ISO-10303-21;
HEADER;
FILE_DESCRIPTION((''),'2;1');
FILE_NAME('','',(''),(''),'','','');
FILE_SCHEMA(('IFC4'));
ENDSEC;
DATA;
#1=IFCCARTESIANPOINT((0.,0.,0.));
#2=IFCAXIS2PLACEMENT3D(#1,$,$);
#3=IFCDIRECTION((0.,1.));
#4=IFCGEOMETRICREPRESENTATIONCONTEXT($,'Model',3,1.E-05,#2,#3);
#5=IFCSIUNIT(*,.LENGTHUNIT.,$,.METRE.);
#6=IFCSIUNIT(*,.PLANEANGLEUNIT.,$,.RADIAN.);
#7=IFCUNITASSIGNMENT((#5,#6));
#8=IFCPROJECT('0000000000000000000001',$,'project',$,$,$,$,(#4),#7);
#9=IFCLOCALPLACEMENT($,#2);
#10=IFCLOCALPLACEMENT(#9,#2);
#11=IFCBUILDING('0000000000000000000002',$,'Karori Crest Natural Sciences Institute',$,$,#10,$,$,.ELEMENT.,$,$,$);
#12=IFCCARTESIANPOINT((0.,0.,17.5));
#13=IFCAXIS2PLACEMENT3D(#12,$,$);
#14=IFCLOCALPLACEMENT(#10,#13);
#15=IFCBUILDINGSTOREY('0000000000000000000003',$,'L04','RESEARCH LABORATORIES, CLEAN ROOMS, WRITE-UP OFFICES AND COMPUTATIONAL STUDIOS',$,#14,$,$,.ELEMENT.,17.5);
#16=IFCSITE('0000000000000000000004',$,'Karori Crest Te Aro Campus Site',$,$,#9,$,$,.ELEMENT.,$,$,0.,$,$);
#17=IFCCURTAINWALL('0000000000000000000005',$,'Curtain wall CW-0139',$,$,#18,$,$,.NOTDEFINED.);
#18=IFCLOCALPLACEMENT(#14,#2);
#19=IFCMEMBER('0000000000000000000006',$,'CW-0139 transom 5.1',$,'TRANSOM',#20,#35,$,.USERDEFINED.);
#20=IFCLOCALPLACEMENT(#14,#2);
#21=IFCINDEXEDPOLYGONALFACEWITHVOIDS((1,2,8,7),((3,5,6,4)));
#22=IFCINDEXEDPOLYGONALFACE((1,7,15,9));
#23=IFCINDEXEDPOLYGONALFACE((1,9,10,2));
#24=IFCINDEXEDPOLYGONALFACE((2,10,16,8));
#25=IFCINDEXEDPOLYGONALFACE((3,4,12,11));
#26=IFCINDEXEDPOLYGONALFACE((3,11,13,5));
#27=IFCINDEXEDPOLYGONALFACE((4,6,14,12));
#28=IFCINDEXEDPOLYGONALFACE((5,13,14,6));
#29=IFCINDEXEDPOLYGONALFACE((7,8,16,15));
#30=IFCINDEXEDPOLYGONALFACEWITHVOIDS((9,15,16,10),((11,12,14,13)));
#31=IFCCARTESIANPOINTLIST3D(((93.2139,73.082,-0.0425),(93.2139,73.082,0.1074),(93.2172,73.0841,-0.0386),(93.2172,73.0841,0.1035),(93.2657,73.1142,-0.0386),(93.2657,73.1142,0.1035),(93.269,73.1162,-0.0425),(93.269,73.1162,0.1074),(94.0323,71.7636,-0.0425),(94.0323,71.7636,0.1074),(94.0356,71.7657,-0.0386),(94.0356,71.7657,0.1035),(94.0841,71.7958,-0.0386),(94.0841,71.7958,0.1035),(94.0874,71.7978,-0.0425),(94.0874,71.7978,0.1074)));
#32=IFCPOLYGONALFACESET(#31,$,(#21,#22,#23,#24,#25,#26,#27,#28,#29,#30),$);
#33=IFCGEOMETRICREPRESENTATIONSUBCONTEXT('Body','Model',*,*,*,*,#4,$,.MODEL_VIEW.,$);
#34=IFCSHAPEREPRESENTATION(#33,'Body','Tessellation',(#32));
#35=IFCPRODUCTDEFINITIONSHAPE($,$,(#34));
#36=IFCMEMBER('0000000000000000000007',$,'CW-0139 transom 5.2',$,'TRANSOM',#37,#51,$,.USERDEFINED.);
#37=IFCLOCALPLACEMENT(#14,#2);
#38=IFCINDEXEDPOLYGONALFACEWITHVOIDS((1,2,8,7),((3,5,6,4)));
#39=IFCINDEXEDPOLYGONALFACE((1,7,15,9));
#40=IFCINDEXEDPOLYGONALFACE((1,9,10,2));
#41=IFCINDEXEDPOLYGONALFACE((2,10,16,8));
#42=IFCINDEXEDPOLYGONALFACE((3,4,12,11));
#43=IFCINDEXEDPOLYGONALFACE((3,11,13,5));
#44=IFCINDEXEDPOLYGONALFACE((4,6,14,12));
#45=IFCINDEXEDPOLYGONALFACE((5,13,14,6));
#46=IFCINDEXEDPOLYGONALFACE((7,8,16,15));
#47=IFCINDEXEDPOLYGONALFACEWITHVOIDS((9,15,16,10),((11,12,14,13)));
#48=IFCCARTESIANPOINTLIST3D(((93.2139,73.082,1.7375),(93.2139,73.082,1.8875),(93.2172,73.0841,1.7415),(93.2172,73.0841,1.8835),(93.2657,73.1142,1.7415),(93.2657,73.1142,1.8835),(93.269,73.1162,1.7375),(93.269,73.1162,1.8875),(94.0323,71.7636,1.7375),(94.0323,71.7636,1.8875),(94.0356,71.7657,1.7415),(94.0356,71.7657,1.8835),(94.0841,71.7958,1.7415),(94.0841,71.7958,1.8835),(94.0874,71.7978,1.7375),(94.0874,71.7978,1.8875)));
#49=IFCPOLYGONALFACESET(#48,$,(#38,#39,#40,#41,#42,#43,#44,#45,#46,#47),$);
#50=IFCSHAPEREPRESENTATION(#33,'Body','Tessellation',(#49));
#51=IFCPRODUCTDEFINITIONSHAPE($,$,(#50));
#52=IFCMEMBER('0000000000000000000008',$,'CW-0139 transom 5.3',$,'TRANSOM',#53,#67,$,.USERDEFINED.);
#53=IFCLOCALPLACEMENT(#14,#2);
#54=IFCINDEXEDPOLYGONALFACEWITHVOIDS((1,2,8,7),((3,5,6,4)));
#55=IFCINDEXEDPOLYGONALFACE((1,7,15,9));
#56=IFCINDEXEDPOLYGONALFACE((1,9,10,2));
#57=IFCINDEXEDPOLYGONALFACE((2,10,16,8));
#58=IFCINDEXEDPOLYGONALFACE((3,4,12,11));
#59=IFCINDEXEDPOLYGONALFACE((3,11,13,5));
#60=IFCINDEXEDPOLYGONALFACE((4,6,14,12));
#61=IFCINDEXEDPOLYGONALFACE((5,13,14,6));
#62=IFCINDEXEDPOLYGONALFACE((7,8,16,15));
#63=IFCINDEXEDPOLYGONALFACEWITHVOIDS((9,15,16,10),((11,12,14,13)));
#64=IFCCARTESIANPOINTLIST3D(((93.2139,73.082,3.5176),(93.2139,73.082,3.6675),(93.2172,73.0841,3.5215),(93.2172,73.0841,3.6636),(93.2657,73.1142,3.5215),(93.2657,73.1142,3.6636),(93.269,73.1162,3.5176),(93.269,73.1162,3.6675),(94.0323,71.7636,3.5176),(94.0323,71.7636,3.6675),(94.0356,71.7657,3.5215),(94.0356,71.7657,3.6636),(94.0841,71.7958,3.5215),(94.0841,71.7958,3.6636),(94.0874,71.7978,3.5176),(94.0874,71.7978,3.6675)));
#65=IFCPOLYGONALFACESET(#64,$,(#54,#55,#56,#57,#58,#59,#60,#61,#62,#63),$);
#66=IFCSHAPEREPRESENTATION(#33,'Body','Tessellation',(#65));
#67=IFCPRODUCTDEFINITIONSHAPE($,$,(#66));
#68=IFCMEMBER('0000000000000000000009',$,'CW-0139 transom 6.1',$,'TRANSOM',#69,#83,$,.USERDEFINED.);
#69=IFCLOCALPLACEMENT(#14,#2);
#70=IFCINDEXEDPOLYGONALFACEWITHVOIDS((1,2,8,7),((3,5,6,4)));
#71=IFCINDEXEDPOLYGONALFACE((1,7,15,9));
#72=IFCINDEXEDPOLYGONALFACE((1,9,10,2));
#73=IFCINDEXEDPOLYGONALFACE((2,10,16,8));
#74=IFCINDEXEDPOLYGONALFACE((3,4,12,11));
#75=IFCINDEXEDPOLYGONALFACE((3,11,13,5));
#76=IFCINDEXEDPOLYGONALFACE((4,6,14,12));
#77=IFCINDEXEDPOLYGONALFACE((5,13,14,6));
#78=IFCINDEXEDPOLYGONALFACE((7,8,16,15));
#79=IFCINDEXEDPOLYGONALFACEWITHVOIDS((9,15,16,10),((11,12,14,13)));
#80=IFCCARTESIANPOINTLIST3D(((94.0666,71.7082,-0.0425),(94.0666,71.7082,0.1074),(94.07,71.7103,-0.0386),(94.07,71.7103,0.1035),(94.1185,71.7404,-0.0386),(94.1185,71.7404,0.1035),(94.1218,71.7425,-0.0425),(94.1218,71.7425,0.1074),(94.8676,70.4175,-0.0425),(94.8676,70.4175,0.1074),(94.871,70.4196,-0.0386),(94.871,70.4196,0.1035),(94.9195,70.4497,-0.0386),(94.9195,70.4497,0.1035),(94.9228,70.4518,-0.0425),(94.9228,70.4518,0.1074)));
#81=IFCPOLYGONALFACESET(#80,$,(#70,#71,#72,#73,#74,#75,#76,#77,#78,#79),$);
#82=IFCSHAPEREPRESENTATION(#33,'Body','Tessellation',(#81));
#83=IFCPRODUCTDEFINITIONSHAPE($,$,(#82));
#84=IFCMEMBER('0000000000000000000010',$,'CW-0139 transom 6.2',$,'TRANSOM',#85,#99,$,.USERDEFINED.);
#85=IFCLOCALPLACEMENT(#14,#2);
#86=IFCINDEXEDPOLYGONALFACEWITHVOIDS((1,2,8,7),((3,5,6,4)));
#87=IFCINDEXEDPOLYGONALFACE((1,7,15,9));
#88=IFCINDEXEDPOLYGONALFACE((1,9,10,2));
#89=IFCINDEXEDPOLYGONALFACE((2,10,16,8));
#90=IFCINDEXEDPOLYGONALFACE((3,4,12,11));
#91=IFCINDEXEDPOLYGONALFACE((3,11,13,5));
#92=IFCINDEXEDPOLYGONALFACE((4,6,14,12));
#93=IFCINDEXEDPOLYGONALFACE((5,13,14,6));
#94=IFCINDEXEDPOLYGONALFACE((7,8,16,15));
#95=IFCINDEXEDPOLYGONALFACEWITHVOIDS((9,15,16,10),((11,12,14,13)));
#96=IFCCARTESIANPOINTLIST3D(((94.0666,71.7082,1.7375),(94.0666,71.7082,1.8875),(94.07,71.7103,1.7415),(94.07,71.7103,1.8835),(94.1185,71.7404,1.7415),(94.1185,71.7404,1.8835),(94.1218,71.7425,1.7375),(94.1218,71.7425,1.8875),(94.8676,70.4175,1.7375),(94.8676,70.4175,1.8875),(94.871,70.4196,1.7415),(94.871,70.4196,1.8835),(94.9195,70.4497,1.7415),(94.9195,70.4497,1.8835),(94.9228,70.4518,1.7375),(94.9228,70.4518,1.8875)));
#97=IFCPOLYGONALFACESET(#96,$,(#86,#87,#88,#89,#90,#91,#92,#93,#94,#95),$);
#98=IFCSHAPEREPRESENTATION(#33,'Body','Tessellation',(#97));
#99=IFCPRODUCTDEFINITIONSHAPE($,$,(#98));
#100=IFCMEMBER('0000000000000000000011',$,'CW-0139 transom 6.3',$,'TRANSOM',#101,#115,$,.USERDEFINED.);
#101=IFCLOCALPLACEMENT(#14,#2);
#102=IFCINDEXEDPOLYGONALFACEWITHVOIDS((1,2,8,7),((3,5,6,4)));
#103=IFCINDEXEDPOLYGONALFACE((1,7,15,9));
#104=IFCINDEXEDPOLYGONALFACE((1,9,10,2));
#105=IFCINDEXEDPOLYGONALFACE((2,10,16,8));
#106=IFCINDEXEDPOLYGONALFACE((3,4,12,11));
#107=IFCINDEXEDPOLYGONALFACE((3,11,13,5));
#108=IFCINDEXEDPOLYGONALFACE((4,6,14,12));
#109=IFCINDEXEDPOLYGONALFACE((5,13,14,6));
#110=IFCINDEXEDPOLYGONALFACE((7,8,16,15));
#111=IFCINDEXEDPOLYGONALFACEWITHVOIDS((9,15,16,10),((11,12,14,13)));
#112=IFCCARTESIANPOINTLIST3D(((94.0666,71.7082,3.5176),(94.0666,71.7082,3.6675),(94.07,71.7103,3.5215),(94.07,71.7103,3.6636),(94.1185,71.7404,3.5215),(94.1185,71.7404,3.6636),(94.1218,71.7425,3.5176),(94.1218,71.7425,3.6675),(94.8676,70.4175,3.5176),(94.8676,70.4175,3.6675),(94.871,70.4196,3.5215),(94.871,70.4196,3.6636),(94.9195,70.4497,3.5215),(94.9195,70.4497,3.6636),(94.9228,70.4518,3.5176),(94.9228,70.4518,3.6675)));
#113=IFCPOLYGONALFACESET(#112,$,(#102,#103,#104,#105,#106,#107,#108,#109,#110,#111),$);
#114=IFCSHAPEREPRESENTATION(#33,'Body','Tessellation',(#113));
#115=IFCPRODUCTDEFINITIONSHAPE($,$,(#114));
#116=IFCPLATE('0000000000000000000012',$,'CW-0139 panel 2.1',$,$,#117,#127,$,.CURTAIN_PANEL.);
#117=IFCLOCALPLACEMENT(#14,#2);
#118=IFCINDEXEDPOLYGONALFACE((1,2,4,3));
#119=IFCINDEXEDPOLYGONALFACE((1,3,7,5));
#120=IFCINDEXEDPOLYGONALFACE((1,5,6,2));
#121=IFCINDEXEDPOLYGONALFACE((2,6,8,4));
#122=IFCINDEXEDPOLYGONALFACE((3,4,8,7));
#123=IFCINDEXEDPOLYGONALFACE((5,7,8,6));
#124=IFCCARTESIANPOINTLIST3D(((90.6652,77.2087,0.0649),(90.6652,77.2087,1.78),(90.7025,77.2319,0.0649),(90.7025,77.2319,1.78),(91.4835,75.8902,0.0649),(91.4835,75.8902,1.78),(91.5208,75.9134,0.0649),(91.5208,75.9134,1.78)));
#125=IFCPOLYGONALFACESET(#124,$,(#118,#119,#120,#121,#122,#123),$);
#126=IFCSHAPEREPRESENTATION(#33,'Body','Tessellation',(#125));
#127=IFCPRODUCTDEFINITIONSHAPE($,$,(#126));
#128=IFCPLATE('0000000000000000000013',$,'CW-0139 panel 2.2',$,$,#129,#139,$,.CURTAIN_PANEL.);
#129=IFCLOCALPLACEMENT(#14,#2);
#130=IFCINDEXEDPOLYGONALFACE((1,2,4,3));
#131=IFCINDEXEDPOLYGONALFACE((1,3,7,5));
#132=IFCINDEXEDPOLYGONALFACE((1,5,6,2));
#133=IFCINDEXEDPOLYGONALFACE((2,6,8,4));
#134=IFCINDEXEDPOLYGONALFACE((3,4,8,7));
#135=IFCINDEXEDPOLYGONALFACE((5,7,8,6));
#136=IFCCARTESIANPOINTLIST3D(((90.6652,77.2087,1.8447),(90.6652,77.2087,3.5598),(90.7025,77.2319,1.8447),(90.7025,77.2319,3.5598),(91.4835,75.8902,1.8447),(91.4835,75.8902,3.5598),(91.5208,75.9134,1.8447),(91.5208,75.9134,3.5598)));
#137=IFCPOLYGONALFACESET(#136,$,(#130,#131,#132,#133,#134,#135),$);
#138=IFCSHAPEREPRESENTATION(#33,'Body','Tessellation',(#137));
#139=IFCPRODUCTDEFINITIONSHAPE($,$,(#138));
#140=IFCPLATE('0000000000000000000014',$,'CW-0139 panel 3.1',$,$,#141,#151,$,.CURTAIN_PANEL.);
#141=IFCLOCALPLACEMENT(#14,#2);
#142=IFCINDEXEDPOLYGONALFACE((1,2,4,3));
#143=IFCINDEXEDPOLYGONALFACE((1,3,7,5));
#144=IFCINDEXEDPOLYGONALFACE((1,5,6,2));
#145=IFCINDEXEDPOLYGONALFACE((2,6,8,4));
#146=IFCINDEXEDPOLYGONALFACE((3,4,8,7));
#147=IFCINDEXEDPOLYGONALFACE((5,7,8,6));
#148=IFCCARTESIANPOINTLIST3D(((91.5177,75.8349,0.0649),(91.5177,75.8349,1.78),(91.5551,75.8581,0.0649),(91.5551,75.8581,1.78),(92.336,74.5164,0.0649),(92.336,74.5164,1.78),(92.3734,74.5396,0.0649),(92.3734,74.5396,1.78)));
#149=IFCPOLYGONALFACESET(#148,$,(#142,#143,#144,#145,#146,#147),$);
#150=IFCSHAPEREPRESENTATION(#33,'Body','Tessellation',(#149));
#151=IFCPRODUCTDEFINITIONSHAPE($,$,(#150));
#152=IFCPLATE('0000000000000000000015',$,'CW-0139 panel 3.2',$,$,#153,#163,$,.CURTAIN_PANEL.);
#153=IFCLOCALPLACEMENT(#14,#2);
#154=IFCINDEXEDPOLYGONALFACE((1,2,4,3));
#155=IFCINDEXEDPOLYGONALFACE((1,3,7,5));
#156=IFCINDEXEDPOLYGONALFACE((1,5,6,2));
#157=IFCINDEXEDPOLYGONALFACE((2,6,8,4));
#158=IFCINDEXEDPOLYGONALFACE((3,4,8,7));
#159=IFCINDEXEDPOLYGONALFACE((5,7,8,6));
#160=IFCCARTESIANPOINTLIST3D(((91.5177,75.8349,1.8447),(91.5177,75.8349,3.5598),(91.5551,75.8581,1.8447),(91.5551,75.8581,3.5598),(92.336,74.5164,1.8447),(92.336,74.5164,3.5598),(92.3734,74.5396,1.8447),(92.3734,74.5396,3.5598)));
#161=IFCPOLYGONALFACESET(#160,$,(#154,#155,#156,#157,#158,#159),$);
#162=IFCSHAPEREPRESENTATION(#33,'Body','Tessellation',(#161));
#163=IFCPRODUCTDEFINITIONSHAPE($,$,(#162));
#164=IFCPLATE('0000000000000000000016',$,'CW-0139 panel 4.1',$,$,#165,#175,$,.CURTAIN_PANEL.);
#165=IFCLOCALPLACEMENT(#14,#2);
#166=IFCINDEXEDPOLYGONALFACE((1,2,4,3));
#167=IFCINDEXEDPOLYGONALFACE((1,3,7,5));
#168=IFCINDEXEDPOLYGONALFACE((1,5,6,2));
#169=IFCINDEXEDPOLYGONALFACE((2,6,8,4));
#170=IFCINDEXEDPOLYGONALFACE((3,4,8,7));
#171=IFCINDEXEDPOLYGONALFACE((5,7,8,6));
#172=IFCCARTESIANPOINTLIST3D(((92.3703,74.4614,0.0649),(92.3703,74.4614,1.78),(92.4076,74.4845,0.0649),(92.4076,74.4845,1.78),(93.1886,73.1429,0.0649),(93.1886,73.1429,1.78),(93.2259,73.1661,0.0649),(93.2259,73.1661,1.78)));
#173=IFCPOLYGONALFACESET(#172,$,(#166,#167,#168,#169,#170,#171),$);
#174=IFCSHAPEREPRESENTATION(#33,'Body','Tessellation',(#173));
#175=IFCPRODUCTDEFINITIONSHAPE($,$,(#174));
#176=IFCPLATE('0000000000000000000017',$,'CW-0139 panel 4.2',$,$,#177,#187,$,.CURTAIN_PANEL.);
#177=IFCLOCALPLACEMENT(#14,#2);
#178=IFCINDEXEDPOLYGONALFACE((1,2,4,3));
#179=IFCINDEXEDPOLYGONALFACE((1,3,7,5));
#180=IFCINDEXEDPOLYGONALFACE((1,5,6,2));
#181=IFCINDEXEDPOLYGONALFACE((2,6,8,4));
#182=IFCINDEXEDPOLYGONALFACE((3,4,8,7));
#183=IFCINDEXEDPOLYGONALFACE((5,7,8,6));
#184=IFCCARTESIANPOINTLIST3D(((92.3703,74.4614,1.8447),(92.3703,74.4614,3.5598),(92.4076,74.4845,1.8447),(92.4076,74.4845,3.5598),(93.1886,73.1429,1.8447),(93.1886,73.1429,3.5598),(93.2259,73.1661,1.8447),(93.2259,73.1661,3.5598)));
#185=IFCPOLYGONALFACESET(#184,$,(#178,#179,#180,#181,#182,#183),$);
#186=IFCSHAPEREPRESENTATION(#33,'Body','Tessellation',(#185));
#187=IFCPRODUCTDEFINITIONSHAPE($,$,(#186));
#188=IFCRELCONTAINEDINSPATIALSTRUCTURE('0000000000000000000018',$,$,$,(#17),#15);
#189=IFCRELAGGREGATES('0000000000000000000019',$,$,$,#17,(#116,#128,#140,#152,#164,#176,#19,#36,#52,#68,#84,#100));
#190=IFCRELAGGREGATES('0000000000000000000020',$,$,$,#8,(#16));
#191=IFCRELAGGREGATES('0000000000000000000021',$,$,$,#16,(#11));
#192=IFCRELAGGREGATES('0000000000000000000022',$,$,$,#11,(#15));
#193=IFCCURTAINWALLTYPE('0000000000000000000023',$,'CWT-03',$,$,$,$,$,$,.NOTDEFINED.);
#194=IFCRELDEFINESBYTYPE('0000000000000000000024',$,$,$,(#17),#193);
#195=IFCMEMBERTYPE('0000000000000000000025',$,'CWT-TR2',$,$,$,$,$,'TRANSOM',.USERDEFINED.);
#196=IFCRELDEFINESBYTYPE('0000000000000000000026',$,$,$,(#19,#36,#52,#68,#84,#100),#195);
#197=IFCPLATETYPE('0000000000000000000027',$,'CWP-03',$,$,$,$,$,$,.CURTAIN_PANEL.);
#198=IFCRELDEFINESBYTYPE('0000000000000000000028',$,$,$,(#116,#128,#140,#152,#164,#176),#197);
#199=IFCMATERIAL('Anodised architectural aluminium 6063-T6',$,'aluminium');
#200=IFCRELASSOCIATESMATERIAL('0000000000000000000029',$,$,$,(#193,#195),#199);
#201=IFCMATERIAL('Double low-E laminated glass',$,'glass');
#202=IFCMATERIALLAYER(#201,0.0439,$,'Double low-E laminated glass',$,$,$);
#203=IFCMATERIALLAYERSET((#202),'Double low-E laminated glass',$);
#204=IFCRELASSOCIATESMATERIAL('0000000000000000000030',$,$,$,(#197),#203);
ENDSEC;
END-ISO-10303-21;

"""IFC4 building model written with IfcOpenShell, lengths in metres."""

from ifc_helpers import new_model, si_unit, direction, frame, origin, origin_2d, place, context, subcontext, project, spatial, rectangle, hollow_rectangle, extrude, material, layer, layer_set, material_profile, profile_set, type_object, element, aggregate, save


model = new_model("IFC4")

# Units and contexts
model_context = context("Model", 3, precision=1e-05, world=origin(), true_north=direction((0.0, 1.0)))
body_context = subcontext(model_context, "Body", "Model", "MODEL_VIEW")
ifc_project = project(units=[si_unit("LENGTHUNIT", "METRE"), si_unit("PLANEANGLEUNIT", "RADIAN")], contexts=[model_context])

# Site, building, storey
site_placement = place(None, origin())
site = spatial("IfcSite", under=ifc_project, at=site_placement, Name="Karori Crest Te Aro Campus Site", CompositionType="ELEMENT", RefElevation=0.0)
building_placement = place(site_placement, origin())
building = spatial("IfcBuilding", under=site, at=building_placement, Name="Karori Crest Natural Sciences Institute", CompositionType="ELEMENT")
storey_placement = place(building_placement, frame((0.0, 0.0, 17.5)))
storey = spatial("IfcBuildingStorey", under=building, at=storey_placement, Name="L04", Description="RESEARCH LABORATORIES, CLEAN ROOMS, WRITE-UP OFFICES AND COMPUTATIONAL STUDIOS", CompositionType="ELEMENT", Elevation=17.5)

# Curtain wall, members, plates
ifc_material_1 = material(Name="Anodised architectural aluminium 6063-T6", Category="aluminium")
curtain_wall_type = type_object("IfcCurtainWallType", Name="CWT-03", PredefinedType="NOTDEFINED", material=ifc_material_1)
curtain_wall_placement = place(storey_placement, origin())
curtain_wall = element("IfcCurtainWall", 1, at=curtain_wall_placement, inside=storey, type_object=curtain_wall_type, Name="Curtain wall CW-0139", PredefinedType="NOTDEFINED")
ifc_material_profile_1 = material_profile(ifc_material_1, hollow_rectangle(XDim=0.0649, YDim=0.1499, WallThickness=0.0039, at=origin_2d()), Name="CWT150x65x4")
ifc_profile_set_1 = profile_set([ifc_material_profile_1], Name="Anodised architectural aluminium 6063-T6")
member_type_1 = type_object("IfcMemberType", Name="CWT-TR2", ElementType="TRANSOM", PredefinedType="USERDEFINED", material=ifc_profile_set_1)
member_1_placement = place(storey_placement, frame((93.2415, 73.0991, 0.0325), z_axis=(0.527394, -0.849621, 0.0), x_axis=(0.849621, 0.527394, 0.0)))
member_1 = element("IfcMember", 2, at=member_1_placement, type_object=member_type_1, Name="CW-0139 transom 5.1", ObjectType="TRANSOM", PredefinedType="USERDEFINED", context=body_context, shape_type="SweptSolid", body=[
    extrude(hollow_rectangle(XDim=0.0649, YDim=0.1499, WallThickness=0.0039, at=origin_2d()), origin(), (0.0, 0.0, 1.0), 1.5518),
])
member_2_placement = place(storey_placement, frame((93.2415, 73.0991, 1.8125), z_axis=(0.527394, -0.849621, 0.0), x_axis=(0.849621, 0.527394, 0.0)))
member_2 = element("IfcMember", 3, at=member_2_placement, type_object=member_type_1, Name="CW-0139 transom 5.2", ObjectType="TRANSOM", PredefinedType="USERDEFINED", context=body_context, shape_type="SweptSolid", body=[
    extrude(hollow_rectangle(XDim=0.0649, YDim=0.1499, WallThickness=0.0039, at=origin_2d()), origin(), (0.0, 0.0, 1.0), 1.5518),
])
member_3_placement = place(storey_placement, frame((93.2415, 73.0991, 3.5925), z_axis=(0.527394, -0.849621, 0.0), x_axis=(0.849621, 0.527394, 0.0)))
member_3 = element("IfcMember", 4, at=member_3_placement, type_object=member_type_1, Name="CW-0139 transom 5.3", ObjectType="TRANSOM", PredefinedType="USERDEFINED", context=body_context, shape_type="SweptSolid", body=[
    extrude(hollow_rectangle(XDim=0.0649, YDim=0.1499, WallThickness=0.0039, at=origin_2d()), origin(), (0.0, 0.0, 1.0), 1.5518),
])
member_4_placement = place(storey_placement, frame((94.0942, 71.7253, 0.0325), z_axis=(0.527295, -0.849682, 0.0), x_axis=(0.849682, 0.527295, 0.0)))
member_4 = element("IfcMember", 5, at=member_4_placement, type_object=member_type_1, Name="CW-0139 transom 6.1", ObjectType="TRANSOM", PredefinedType="USERDEFINED", context=body_context, shape_type="SweptSolid", body=[
    extrude(hollow_rectangle(XDim=0.0649, YDim=0.1499, WallThickness=0.0039, at=origin_2d()), origin(), (0.0, 0.0, 1.0), 1.519),
])
member_5_placement = place(storey_placement, frame((94.0942, 71.7253, 1.8125), z_axis=(0.527295, -0.849682, 0.0), x_axis=(0.849682, 0.527295, 0.0)))
member_5 = element("IfcMember", 6, at=member_5_placement, type_object=member_type_1, Name="CW-0139 transom 6.2", ObjectType="TRANSOM", PredefinedType="USERDEFINED", context=body_context, shape_type="SweptSolid", body=[
    extrude(hollow_rectangle(XDim=0.0649, YDim=0.1499, WallThickness=0.0039, at=origin_2d()), origin(), (0.0, 0.0, 1.0), 1.519),
])
member_6_placement = place(storey_placement, frame((94.0942, 71.7253, 3.5925), z_axis=(0.527295, -0.849682, 0.0), x_axis=(0.849682, 0.527295, 0.0)))
member_6 = element("IfcMember", 7, at=member_6_placement, type_object=member_type_1, Name="CW-0139 transom 6.3", ObjectType="TRANSOM", PredefinedType="USERDEFINED", context=body_context, shape_type="SweptSolid", body=[
    extrude(hollow_rectangle(XDim=0.0649, YDim=0.1499, WallThickness=0.0039, at=origin_2d()), origin(), (0.0, 0.0, 1.0), 1.519),
])
ifc_material_2 = material(Name="Double low-E laminated glass", Category="glass")
ifc_layer_1 = layer(ifc_material_2, 0.0439, Name="Double low-E laminated glass")
ifc_layer_set_1 = layer_set([ifc_layer_1], Name="Double low-E laminated glass")
plate_type = type_object("IfcPlateType", Name="CWP-03", PredefinedType="CURTAIN_PANEL", material=ifc_layer_set_1)
plate_1_placement = place(storey_placement, frame((91.093, 76.561, 0.0649), z_axis=(0.0, 0.0, 1.0), x_axis=(0.527328, -0.849662, 0.0)))
plate_1 = element("IfcPlate", 8, at=plate_1_placement, type_object=plate_type, Name="CW-0139 panel 2.1", PredefinedType="CURTAIN_PANEL", context=body_context, shape_type="SweptSolid", body=[
    extrude(rectangle(XDim=1.5518, YDim=0.0439, at=origin_2d()), origin(), (0.0, 0.0, 1.0), 1.7151),
])
plate_2_placement = place(storey_placement, frame((91.093, 76.561, 1.8447), z_axis=(0.0, 0.0, 1.0), x_axis=(0.527328, -0.849662, 0.0)))
plate_2 = element("IfcPlate", 9, at=plate_2_placement, type_object=plate_type, Name="CW-0139 panel 2.2", PredefinedType="CURTAIN_PANEL", context=body_context, shape_type="SweptSolid", body=[
    extrude(rectangle(XDim=1.5518, YDim=0.0439, at=origin_2d()), origin(), (0.0, 0.0, 1.0), 1.7151),
])
plate_3_placement = place(storey_placement, frame((91.9456, 75.1873, 0.0649), z_axis=(0.0, 0.0, 1.0), x_axis=(0.527328, -0.849662, 0.0)))
plate_3 = element("IfcPlate", 10, at=plate_3_placement, type_object=plate_type, Name="CW-0139 panel 3.1", PredefinedType="CURTAIN_PANEL", context=body_context, shape_type="SweptSolid", body=[
    extrude(rectangle(XDim=1.5518, YDim=0.0439, at=origin_2d()), origin(), (0.0, 0.0, 1.0), 1.7151),
])
plate_4_placement = place(storey_placement, frame((91.9456, 75.1873, 1.8447), z_axis=(0.0, 0.0, 1.0), x_axis=(0.527328, -0.849662, 0.0)))
plate_4 = element("IfcPlate", 11, at=plate_4_placement, type_object=plate_type, Name="CW-0139 panel 3.2", PredefinedType="CURTAIN_PANEL", context=body_context, shape_type="SweptSolid", body=[
    extrude(rectangle(XDim=1.5518, YDim=0.0439, at=origin_2d()), origin(), (0.0, 0.0, 1.0), 1.7151),
])
plate_5_placement = place(storey_placement, frame((92.7981, 73.8137, 0.0649), z_axis=(0.0, 0.0, 1.0), x_axis=(0.527328, -0.849662, 0.0)))
plate_5 = element("IfcPlate", 12, at=plate_5_placement, type_object=plate_type, Name="CW-0139 panel 4.1", PredefinedType="CURTAIN_PANEL", context=body_context, shape_type="SweptSolid", body=[
    extrude(rectangle(XDim=1.5518, YDim=0.0439, at=origin_2d()), origin(), (0.0, 0.0, 1.0), 1.7151),
])
plate_6_placement = place(storey_placement, frame((92.7981, 73.8137, 1.8447), z_axis=(0.0, 0.0, 1.0), x_axis=(0.527328, -0.849662, 0.0)))
plate_6 = element("IfcPlate", 13, at=plate_6_placement, type_object=plate_type, Name="CW-0139 panel 4.2", PredefinedType="CURTAIN_PANEL", context=body_context, shape_type="SweptSolid", body=[
    extrude(rectangle(XDim=1.5518, YDim=0.0439, at=origin_2d()), origin(), (0.0, 0.0, 1.0), 1.7151),
])
aggregate(curtain_wall, [plate_1, plate_2, plate_3, plate_4, plate_5, plate_6, member_1, member_2, member_3, member_4, member_5, member_6])

save(model, "model.ifc")
